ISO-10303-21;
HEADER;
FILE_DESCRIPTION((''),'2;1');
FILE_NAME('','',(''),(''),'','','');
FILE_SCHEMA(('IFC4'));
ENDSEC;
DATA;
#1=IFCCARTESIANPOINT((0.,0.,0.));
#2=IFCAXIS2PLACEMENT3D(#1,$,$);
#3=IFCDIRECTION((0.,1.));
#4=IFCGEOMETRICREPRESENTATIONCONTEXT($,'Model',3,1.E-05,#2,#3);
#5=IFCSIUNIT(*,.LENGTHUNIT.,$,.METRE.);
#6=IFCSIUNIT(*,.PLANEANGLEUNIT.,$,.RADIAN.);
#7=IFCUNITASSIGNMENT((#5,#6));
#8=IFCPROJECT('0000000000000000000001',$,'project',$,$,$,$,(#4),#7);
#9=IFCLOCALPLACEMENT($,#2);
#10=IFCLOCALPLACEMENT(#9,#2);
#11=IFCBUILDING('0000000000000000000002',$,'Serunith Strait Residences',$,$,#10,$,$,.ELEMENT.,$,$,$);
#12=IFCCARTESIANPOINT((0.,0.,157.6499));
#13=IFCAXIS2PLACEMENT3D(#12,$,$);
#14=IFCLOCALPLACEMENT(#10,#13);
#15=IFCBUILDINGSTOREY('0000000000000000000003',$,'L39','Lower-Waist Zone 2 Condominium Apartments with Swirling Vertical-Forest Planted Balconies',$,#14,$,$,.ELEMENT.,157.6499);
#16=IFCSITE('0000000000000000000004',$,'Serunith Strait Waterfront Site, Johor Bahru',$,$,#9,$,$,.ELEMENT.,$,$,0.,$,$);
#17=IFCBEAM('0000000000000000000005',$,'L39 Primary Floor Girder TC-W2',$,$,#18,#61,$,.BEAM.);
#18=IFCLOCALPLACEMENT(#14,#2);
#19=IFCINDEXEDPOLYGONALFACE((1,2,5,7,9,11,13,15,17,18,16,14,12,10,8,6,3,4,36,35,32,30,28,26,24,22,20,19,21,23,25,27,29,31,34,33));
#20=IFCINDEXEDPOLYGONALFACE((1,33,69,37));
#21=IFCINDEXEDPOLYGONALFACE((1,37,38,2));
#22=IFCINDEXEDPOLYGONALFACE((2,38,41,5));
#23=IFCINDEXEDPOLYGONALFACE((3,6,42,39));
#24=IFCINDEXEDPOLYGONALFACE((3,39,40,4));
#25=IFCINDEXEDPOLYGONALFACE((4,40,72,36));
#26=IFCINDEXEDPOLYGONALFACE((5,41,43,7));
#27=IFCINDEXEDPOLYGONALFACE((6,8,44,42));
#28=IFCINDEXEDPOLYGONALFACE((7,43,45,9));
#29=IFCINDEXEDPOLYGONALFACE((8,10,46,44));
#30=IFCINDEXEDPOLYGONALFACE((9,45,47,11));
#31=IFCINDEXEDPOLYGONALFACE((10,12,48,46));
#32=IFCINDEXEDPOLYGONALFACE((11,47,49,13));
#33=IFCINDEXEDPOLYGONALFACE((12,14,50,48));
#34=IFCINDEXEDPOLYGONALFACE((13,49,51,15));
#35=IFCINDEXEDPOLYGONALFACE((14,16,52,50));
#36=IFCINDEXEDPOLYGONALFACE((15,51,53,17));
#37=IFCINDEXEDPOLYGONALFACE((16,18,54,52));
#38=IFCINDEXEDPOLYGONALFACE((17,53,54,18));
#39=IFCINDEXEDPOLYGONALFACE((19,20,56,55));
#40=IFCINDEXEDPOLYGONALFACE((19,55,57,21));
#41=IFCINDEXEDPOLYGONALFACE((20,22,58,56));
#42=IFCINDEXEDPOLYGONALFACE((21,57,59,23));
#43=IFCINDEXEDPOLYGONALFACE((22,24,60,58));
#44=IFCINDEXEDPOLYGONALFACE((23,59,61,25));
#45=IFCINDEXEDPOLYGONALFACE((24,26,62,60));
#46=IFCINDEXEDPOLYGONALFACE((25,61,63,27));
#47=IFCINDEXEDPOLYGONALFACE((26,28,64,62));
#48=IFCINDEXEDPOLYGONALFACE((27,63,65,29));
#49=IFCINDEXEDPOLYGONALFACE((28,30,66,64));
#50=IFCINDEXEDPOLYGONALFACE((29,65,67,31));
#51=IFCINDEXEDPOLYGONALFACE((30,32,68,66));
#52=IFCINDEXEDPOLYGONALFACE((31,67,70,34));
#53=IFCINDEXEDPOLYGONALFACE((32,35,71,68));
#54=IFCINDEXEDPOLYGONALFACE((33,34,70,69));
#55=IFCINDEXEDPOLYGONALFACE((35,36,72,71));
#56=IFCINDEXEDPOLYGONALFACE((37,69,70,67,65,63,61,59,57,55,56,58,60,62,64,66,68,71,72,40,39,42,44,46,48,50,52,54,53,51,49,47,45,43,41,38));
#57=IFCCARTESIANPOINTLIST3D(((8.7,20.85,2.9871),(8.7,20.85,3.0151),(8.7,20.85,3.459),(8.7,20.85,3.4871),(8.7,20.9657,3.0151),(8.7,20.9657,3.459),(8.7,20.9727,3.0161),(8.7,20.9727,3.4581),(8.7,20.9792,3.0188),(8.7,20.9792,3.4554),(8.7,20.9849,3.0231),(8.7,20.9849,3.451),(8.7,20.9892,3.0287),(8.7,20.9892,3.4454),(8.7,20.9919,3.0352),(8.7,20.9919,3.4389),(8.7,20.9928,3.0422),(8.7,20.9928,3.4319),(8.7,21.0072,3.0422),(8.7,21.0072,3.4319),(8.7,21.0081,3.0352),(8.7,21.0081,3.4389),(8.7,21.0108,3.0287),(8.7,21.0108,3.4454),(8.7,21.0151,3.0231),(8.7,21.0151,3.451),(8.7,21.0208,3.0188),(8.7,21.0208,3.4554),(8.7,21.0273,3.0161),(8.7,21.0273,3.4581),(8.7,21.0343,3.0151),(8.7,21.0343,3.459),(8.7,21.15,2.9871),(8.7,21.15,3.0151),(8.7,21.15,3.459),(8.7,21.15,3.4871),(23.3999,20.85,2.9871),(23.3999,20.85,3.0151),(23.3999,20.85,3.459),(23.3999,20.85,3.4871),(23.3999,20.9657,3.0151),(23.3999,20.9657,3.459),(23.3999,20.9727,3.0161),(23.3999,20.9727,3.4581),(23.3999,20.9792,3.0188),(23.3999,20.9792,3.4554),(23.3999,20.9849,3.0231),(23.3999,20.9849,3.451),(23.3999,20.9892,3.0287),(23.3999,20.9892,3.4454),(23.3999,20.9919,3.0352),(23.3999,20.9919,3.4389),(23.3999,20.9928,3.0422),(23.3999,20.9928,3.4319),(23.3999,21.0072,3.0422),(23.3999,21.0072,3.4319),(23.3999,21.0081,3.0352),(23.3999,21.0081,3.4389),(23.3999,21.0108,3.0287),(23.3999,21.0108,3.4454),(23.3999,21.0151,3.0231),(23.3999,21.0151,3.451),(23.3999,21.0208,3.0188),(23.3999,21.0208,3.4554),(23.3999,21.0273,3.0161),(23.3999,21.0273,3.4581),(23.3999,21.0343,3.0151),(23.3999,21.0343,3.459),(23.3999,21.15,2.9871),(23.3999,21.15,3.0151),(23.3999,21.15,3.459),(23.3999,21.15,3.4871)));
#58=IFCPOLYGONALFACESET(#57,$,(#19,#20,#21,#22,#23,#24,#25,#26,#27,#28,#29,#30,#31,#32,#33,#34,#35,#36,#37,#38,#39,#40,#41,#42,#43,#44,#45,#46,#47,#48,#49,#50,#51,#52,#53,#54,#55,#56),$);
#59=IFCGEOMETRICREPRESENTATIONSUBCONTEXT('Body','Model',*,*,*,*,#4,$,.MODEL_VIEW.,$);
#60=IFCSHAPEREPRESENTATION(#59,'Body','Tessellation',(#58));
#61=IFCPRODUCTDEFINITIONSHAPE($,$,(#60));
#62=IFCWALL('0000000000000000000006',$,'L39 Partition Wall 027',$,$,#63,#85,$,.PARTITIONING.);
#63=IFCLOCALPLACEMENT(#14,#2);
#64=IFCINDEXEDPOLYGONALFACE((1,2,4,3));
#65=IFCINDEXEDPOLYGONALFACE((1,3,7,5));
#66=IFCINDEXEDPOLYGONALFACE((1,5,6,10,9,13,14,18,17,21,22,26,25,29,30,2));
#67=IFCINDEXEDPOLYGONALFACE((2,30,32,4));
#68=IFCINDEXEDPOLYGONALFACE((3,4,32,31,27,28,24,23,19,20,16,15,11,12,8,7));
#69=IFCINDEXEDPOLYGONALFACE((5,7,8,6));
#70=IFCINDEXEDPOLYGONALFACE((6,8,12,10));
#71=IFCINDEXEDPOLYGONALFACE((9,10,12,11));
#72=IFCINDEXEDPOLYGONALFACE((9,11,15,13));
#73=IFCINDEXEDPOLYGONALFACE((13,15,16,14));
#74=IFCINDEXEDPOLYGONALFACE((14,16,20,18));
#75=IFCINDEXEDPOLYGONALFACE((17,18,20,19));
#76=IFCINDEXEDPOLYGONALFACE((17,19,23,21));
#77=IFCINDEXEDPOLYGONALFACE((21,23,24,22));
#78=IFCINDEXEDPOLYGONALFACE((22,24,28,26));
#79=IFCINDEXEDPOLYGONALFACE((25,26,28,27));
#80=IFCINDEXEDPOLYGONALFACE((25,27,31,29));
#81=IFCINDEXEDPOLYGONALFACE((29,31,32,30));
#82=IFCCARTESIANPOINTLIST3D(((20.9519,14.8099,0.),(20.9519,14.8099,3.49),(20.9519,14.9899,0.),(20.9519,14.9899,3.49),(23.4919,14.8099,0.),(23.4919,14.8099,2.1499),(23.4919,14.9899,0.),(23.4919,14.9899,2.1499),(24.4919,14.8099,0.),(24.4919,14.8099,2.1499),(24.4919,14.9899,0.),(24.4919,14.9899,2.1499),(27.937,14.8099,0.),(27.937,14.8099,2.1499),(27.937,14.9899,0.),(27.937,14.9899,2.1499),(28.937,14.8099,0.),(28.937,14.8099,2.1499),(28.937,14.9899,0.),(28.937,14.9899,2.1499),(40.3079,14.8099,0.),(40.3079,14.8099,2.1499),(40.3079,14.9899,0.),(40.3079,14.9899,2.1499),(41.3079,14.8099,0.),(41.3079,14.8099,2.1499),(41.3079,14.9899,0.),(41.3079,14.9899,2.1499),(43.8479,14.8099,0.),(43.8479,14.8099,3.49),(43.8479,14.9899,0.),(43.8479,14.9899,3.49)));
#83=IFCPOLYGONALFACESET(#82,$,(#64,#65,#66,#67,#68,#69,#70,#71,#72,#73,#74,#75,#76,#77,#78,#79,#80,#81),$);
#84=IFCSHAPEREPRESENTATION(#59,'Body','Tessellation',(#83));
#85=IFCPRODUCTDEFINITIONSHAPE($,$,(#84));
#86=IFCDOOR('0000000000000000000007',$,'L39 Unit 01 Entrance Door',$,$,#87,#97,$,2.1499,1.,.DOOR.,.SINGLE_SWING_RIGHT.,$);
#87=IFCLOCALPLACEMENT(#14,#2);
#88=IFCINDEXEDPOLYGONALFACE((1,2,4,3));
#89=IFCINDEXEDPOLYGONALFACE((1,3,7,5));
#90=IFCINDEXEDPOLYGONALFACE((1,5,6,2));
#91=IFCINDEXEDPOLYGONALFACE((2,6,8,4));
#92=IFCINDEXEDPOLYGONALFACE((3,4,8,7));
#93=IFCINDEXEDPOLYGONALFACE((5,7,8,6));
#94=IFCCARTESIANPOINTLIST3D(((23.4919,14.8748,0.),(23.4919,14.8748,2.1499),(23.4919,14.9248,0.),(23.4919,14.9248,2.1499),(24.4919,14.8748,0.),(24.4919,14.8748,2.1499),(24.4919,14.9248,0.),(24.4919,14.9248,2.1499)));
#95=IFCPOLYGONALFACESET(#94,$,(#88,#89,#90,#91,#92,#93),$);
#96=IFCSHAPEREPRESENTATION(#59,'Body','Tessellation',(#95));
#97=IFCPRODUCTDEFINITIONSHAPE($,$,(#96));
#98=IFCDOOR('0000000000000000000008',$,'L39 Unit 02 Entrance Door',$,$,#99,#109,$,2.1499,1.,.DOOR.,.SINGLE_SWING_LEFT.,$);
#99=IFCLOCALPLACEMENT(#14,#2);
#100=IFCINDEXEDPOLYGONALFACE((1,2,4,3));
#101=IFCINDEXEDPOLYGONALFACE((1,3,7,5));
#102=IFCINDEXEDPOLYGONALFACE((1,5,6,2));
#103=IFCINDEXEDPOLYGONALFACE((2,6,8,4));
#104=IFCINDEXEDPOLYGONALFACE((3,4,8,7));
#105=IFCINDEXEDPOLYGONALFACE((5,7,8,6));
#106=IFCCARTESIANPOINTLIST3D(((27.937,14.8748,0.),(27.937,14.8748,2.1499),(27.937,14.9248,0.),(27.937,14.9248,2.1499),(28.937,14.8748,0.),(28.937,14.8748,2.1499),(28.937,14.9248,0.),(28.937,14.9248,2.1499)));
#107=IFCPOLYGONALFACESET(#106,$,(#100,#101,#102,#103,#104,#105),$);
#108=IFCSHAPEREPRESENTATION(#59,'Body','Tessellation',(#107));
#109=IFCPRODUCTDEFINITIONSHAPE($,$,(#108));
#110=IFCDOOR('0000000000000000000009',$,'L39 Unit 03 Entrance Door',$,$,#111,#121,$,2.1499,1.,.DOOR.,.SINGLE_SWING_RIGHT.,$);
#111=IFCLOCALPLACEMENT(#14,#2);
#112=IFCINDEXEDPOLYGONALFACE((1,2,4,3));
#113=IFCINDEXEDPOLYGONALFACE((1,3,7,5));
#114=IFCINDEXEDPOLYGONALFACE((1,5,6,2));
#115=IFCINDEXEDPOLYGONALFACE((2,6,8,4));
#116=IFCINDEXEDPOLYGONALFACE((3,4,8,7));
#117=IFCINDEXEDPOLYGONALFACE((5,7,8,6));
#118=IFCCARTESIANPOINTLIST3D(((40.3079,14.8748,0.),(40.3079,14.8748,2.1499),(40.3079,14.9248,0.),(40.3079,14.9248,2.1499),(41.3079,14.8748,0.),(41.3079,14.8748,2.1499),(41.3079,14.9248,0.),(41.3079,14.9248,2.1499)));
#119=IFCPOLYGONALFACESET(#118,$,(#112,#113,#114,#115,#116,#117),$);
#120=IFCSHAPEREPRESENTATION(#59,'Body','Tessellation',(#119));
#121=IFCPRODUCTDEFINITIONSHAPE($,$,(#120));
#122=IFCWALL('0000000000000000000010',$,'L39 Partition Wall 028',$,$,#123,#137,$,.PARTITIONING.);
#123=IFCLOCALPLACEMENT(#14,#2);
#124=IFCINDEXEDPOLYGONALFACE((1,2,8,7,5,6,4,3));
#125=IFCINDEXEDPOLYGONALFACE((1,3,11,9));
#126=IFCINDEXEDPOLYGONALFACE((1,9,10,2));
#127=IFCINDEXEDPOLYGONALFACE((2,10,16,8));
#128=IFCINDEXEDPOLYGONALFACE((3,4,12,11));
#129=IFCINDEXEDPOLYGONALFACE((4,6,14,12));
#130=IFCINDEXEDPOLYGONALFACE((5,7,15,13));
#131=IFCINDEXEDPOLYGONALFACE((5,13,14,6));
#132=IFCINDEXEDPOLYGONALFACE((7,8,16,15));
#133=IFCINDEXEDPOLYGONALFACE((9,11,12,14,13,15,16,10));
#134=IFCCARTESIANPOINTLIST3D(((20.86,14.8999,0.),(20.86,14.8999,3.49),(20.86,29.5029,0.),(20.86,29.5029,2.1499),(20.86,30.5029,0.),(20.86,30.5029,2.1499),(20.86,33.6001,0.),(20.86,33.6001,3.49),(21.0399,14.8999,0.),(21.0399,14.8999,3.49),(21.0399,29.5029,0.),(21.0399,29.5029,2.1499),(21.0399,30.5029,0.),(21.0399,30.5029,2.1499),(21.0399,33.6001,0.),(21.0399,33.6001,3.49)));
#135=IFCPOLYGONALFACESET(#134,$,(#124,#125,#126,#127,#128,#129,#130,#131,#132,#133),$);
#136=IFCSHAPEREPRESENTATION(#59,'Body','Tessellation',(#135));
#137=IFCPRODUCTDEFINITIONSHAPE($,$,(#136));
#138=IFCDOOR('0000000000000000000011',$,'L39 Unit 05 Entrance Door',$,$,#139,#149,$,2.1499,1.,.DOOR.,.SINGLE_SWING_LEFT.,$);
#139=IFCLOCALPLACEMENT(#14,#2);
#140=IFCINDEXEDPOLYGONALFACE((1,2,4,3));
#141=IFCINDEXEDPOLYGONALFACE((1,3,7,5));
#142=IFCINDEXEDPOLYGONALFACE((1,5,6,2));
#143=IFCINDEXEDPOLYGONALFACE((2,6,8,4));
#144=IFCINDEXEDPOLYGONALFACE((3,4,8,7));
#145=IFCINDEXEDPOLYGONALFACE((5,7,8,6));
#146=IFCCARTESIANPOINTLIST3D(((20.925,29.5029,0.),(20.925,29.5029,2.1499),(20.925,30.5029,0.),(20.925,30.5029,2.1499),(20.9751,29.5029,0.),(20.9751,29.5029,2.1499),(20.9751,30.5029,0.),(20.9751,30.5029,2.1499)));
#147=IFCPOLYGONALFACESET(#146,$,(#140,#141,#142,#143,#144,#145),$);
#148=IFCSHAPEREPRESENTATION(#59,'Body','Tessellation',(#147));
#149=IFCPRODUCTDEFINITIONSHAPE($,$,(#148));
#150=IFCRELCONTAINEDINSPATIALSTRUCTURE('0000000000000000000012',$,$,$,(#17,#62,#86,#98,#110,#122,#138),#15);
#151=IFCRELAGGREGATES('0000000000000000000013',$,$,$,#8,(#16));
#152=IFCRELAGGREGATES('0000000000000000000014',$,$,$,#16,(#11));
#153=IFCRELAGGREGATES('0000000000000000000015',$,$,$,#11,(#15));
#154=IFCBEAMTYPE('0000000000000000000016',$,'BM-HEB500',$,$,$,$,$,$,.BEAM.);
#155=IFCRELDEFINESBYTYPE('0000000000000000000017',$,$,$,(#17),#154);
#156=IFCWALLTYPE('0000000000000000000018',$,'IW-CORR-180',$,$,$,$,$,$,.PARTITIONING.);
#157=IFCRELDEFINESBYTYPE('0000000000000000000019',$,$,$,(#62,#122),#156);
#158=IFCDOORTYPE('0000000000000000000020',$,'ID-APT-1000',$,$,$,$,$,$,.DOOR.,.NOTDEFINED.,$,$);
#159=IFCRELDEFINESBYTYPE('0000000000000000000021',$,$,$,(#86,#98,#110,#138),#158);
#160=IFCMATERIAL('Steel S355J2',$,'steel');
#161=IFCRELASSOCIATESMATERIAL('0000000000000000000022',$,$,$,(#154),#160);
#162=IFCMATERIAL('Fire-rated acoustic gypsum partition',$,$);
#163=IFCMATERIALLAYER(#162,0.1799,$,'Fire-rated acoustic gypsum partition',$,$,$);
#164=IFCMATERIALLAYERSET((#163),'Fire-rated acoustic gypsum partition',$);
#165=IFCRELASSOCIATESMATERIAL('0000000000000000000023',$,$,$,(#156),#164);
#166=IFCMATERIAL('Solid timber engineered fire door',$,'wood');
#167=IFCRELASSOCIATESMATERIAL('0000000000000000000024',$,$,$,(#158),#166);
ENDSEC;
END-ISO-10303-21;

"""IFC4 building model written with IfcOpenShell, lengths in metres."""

from ifc_helpers import new_model, si_unit, direction, frame, frame_2d, origin, origin_2d, place, context, subcontext, project, spatial, rectangle, i_section, extrude, source, transform, mapped, material, layer, layer_set, material_profile, profile_set, type_object, element, fill, save


model = new_model("IFC4")

# Units and contexts
model_context = context("Model", 3, precision=1e-05, world=origin(), true_north=direction((0.0, 1.0)))
body_context = subcontext(model_context, "Body", "Model", "MODEL_VIEW")
ifc_project = project(units=[si_unit("LENGTHUNIT", "METRE"), si_unit("PLANEANGLEUNIT", "RADIAN")], contexts=[model_context])

# Site, building, storey
site_placement = place(None, origin())
site = spatial("IfcSite", under=ifc_project, at=site_placement, Name="Serunith Strait Waterfront Site, Johor Bahru", CompositionType="ELEMENT", RefElevation=0.0)
building_placement = place(site_placement, origin())
building = spatial("IfcBuilding", under=site, at=building_placement, Name="Serunith Strait Residences", CompositionType="ELEMENT")
storey_placement = place(building_placement, frame((0.0, 0.0, 157.6499)))
storey = spatial("IfcBuildingStorey", under=building, at=storey_placement, Name="L39", Description="Lower-Waist Zone 2 Condominium Apartments with Swirling Vertical-Forest Planted Balconies", CompositionType="ELEMENT", Elevation=157.6499)

# Beam
ifc_material_1 = material(Name="Steel S355J2", Category="steel")
ifc_material_profile = material_profile(ifc_material_1, i_section(OverallWidth=0.3, OverallDepth=0.5, WebThickness=0.0144, FlangeThickness=0.0281, FilletRadius=0.0271, at=origin_2d()), Name="HEB 500")
ifc_profile_set = profile_set([ifc_material_profile], Name="Steel S355J2")
beam_type = type_object("IfcBeamType", Name="BM-HEB500", PredefinedType="BEAM", material=ifc_profile_set)
shared_shape_1 = source(origin(), body_context, "Body", "SweptSolid", [
    extrude(i_section(OverallWidth=0.3, OverallDepth=0.5, WebThickness=0.0144, FlangeThickness=0.0281, FilletRadius=0.0271, at=origin_2d()), origin(), (0.0, 0.0, 1.0), 14.7),
])
beam_placement = place(storey_placement, frame((23.3999, 21.0, 3.2371), z_axis=(-1.0, 0.0, 0.0), x_axis=(0.0, -1.0, 0.0)))
element("IfcBeam", 1, at=beam_placement, inside=storey, type_object=beam_type, Name="L39 Primary Floor Girder TC-W2", PredefinedType="BEAM", context=body_context, shape_type="MappedRepresentation", body=[
    mapped(shared_shape_1, transform((0.0, 0.0, 0.0), scale=1.0)),
])

# Wall, openings, doors
ifc_material_2 = material(Name="Fire-rated acoustic gypsum partition")
ifc_layer_1 = layer(ifc_material_2, 0.1799, Name="Fire-rated acoustic gypsum partition")
ifc_layer_set_1 = layer_set([ifc_layer_1], Name="Fire-rated acoustic gypsum partition")
wall_type_1 = type_object("IfcWallType", Name="IW-CORR-180", PredefinedType="PARTITIONING", material=ifc_layer_set_1)
wall_1_placement = place(storey_placement, frame((20.9519, 14.8999, 0.0), z_axis=(0.0, 0.0, 1.0), x_axis=(1.0, 0.0, 0.0)))
wall_1 = element("IfcWall", 2, at=wall_1_placement, inside=storey, type_object=wall_type_1, Name="L39 Partition Wall 027", PredefinedType="PARTITIONING", context=body_context, shape_type="SweptSolid", body=[
    extrude(rectangle(XDim=22.896, YDim=0.1799, at=frame_2d((11.448, 0.0))), origin(), (0.0, 0.0, 1.0), 3.49),
])
opening_1_placement = place(wall_1_placement, frame((2.54, 0.0, 0.0)))
opening_1 = element("IfcOpeningElement", 3, at=opening_1_placement, cuts=wall_1, PredefinedType="OPENING", context=body_context, shape_type="SweptSolid", body=[
    extrude(rectangle(XDim=1.0, YDim=2.1499, at=frame_2d((0.5, 1.075))), frame((0.0, 0.1001, 0.0), z_axis=(0.0, -1.0, 0.0), x_axis=(1.0, 0.0, 0.0)), (0.0, 0.0, 1.0), 0.2),
])
opening_2_placement = place(wall_1_placement, frame((6.9851, 0.0, 0.0)))
opening_2 = element("IfcOpeningElement", 4, at=opening_2_placement, cuts=wall_1, PredefinedType="OPENING", context=body_context, shape_type="SweptSolid", body=[
    extrude(rectangle(XDim=1.0, YDim=2.1499, at=frame_2d((0.5, 1.075))), frame((0.0, 0.1001, 0.0), z_axis=(0.0, -1.0, 0.0), x_axis=(1.0, 0.0, 0.0)), (0.0, 0.0, 1.0), 0.2),
])
opening_3_placement = place(wall_1_placement, frame((19.356, 0.0, 0.0)))
opening_3 = element("IfcOpeningElement", 5, at=opening_3_placement, cuts=wall_1, PredefinedType="OPENING", context=body_context, shape_type="SweptSolid", body=[
    extrude(rectangle(XDim=1.0, YDim=2.1499, at=frame_2d((0.5, 1.075))), frame((0.0, 0.1001, 0.0), z_axis=(0.0, -1.0, 0.0), x_axis=(1.0, 0.0, 0.0)), (0.0, 0.0, 1.0), 0.2),
])
ifc_material_3 = material(Name="Solid timber engineered fire door", Category="wood")
door_type_1 = type_object("IfcDoorType", Name="ID-APT-1000", OperationType="NOTDEFINED", PredefinedType="DOOR", material=ifc_material_3)
shared_shape_2 = source(origin(), body_context, "Body", "SweptSolid", [
    extrude(rectangle(XDim=1.0, YDim=2.1499, at=frame_2d((0.5, 1.075))), frame((0.0, 0.0249, 0.0), z_axis=(0.0, -1.0, 0.0), x_axis=(1.0, 0.0, 0.0)), (0.0, 0.0, 1.0), 0.05),
])
door_1_placement = place(opening_1_placement, origin())
door_1 = element("IfcDoor", 6, at=door_1_placement, inside=storey, type_object=door_type_1, Name="L39 Unit 01 Entrance Door", OperationType="SINGLE_SWING_RIGHT", OverallHeight=2.1499, OverallWidth=1.0, PredefinedType="DOOR", context=body_context, shape_type="MappedRepresentation", body=[
    mapped(shared_shape_2, transform((0.0, 0.0, 0.0), scale=1.0)),
])
fill(opening_1, door_1)
door_2_placement = place(opening_2_placement, origin())
door_2 = element("IfcDoor", 7, at=door_2_placement, inside=storey, type_object=door_type_1, Name="L39 Unit 02 Entrance Door", OperationType="SINGLE_SWING_LEFT", OverallHeight=2.1499, OverallWidth=1.0, PredefinedType="DOOR", context=body_context, shape_type="MappedRepresentation", body=[
    mapped(shared_shape_2, transform((0.0, 0.0, 0.0), scale=1.0)),
])
fill(opening_2, door_2)
door_3_placement = place(opening_3_placement, origin())
door_3 = element("IfcDoor", 8, at=door_3_placement, inside=storey, type_object=door_type_1, Name="L39 Unit 03 Entrance Door", OperationType="SINGLE_SWING_RIGHT", OverallHeight=2.1499, OverallWidth=1.0, PredefinedType="DOOR", context=body_context, shape_type="MappedRepresentation", body=[
    mapped(shared_shape_2, transform((0.0, 0.0, 0.0), scale=1.0)),
])
fill(opening_3, door_3)

# Wall, opening, door
wall_2_placement = place(storey_placement, frame((20.95, 14.8999, 0.0), z_axis=(0.0, 0.0, 1.0), x_axis=(0.0, 1.0, 0.0)))
wall_2 = element("IfcWall", 9, at=wall_2_placement, inside=storey, type_object=wall_type_1, Name="L39 Partition Wall 028", PredefinedType="PARTITIONING", context=body_context, shape_type="SweptSolid", body=[
    extrude(rectangle(XDim=18.7002, YDim=0.1799, at=frame_2d((9.3501, 0.0))), origin(), (0.0, 0.0, 1.0), 3.49),
])
opening_4_placement = place(wall_2_placement, frame((14.603, 0.0, 0.0)))
opening_4 = element("IfcOpeningElement", 10, at=opening_4_placement, cuts=wall_2, PredefinedType="OPENING", context=body_context, shape_type="SweptSolid", body=[
    extrude(rectangle(XDim=1.0, YDim=2.1499, at=frame_2d((0.5, 1.075))), frame((0.0, 0.1001, 0.0), z_axis=(0.0, -1.0, 0.0), x_axis=(1.0, 0.0, 0.0)), (0.0, 0.0, 1.0), 0.2),
])
door_4_placement = place(opening_4_placement, origin())
door_4 = element("IfcDoor", 11, at=door_4_placement, inside=storey, type_object=door_type_1, Name="L39 Unit 05 Entrance Door", OperationType="SINGLE_SWING_LEFT", OverallHeight=2.1499, OverallWidth=1.0, PredefinedType="DOOR", context=body_context, shape_type="MappedRepresentation", body=[
    mapped(shared_shape_2, transform((0.0, 0.0, 0.0), scale=1.0)),
])
fill(opening_4, door_4)

save(model, "model.ifc")
